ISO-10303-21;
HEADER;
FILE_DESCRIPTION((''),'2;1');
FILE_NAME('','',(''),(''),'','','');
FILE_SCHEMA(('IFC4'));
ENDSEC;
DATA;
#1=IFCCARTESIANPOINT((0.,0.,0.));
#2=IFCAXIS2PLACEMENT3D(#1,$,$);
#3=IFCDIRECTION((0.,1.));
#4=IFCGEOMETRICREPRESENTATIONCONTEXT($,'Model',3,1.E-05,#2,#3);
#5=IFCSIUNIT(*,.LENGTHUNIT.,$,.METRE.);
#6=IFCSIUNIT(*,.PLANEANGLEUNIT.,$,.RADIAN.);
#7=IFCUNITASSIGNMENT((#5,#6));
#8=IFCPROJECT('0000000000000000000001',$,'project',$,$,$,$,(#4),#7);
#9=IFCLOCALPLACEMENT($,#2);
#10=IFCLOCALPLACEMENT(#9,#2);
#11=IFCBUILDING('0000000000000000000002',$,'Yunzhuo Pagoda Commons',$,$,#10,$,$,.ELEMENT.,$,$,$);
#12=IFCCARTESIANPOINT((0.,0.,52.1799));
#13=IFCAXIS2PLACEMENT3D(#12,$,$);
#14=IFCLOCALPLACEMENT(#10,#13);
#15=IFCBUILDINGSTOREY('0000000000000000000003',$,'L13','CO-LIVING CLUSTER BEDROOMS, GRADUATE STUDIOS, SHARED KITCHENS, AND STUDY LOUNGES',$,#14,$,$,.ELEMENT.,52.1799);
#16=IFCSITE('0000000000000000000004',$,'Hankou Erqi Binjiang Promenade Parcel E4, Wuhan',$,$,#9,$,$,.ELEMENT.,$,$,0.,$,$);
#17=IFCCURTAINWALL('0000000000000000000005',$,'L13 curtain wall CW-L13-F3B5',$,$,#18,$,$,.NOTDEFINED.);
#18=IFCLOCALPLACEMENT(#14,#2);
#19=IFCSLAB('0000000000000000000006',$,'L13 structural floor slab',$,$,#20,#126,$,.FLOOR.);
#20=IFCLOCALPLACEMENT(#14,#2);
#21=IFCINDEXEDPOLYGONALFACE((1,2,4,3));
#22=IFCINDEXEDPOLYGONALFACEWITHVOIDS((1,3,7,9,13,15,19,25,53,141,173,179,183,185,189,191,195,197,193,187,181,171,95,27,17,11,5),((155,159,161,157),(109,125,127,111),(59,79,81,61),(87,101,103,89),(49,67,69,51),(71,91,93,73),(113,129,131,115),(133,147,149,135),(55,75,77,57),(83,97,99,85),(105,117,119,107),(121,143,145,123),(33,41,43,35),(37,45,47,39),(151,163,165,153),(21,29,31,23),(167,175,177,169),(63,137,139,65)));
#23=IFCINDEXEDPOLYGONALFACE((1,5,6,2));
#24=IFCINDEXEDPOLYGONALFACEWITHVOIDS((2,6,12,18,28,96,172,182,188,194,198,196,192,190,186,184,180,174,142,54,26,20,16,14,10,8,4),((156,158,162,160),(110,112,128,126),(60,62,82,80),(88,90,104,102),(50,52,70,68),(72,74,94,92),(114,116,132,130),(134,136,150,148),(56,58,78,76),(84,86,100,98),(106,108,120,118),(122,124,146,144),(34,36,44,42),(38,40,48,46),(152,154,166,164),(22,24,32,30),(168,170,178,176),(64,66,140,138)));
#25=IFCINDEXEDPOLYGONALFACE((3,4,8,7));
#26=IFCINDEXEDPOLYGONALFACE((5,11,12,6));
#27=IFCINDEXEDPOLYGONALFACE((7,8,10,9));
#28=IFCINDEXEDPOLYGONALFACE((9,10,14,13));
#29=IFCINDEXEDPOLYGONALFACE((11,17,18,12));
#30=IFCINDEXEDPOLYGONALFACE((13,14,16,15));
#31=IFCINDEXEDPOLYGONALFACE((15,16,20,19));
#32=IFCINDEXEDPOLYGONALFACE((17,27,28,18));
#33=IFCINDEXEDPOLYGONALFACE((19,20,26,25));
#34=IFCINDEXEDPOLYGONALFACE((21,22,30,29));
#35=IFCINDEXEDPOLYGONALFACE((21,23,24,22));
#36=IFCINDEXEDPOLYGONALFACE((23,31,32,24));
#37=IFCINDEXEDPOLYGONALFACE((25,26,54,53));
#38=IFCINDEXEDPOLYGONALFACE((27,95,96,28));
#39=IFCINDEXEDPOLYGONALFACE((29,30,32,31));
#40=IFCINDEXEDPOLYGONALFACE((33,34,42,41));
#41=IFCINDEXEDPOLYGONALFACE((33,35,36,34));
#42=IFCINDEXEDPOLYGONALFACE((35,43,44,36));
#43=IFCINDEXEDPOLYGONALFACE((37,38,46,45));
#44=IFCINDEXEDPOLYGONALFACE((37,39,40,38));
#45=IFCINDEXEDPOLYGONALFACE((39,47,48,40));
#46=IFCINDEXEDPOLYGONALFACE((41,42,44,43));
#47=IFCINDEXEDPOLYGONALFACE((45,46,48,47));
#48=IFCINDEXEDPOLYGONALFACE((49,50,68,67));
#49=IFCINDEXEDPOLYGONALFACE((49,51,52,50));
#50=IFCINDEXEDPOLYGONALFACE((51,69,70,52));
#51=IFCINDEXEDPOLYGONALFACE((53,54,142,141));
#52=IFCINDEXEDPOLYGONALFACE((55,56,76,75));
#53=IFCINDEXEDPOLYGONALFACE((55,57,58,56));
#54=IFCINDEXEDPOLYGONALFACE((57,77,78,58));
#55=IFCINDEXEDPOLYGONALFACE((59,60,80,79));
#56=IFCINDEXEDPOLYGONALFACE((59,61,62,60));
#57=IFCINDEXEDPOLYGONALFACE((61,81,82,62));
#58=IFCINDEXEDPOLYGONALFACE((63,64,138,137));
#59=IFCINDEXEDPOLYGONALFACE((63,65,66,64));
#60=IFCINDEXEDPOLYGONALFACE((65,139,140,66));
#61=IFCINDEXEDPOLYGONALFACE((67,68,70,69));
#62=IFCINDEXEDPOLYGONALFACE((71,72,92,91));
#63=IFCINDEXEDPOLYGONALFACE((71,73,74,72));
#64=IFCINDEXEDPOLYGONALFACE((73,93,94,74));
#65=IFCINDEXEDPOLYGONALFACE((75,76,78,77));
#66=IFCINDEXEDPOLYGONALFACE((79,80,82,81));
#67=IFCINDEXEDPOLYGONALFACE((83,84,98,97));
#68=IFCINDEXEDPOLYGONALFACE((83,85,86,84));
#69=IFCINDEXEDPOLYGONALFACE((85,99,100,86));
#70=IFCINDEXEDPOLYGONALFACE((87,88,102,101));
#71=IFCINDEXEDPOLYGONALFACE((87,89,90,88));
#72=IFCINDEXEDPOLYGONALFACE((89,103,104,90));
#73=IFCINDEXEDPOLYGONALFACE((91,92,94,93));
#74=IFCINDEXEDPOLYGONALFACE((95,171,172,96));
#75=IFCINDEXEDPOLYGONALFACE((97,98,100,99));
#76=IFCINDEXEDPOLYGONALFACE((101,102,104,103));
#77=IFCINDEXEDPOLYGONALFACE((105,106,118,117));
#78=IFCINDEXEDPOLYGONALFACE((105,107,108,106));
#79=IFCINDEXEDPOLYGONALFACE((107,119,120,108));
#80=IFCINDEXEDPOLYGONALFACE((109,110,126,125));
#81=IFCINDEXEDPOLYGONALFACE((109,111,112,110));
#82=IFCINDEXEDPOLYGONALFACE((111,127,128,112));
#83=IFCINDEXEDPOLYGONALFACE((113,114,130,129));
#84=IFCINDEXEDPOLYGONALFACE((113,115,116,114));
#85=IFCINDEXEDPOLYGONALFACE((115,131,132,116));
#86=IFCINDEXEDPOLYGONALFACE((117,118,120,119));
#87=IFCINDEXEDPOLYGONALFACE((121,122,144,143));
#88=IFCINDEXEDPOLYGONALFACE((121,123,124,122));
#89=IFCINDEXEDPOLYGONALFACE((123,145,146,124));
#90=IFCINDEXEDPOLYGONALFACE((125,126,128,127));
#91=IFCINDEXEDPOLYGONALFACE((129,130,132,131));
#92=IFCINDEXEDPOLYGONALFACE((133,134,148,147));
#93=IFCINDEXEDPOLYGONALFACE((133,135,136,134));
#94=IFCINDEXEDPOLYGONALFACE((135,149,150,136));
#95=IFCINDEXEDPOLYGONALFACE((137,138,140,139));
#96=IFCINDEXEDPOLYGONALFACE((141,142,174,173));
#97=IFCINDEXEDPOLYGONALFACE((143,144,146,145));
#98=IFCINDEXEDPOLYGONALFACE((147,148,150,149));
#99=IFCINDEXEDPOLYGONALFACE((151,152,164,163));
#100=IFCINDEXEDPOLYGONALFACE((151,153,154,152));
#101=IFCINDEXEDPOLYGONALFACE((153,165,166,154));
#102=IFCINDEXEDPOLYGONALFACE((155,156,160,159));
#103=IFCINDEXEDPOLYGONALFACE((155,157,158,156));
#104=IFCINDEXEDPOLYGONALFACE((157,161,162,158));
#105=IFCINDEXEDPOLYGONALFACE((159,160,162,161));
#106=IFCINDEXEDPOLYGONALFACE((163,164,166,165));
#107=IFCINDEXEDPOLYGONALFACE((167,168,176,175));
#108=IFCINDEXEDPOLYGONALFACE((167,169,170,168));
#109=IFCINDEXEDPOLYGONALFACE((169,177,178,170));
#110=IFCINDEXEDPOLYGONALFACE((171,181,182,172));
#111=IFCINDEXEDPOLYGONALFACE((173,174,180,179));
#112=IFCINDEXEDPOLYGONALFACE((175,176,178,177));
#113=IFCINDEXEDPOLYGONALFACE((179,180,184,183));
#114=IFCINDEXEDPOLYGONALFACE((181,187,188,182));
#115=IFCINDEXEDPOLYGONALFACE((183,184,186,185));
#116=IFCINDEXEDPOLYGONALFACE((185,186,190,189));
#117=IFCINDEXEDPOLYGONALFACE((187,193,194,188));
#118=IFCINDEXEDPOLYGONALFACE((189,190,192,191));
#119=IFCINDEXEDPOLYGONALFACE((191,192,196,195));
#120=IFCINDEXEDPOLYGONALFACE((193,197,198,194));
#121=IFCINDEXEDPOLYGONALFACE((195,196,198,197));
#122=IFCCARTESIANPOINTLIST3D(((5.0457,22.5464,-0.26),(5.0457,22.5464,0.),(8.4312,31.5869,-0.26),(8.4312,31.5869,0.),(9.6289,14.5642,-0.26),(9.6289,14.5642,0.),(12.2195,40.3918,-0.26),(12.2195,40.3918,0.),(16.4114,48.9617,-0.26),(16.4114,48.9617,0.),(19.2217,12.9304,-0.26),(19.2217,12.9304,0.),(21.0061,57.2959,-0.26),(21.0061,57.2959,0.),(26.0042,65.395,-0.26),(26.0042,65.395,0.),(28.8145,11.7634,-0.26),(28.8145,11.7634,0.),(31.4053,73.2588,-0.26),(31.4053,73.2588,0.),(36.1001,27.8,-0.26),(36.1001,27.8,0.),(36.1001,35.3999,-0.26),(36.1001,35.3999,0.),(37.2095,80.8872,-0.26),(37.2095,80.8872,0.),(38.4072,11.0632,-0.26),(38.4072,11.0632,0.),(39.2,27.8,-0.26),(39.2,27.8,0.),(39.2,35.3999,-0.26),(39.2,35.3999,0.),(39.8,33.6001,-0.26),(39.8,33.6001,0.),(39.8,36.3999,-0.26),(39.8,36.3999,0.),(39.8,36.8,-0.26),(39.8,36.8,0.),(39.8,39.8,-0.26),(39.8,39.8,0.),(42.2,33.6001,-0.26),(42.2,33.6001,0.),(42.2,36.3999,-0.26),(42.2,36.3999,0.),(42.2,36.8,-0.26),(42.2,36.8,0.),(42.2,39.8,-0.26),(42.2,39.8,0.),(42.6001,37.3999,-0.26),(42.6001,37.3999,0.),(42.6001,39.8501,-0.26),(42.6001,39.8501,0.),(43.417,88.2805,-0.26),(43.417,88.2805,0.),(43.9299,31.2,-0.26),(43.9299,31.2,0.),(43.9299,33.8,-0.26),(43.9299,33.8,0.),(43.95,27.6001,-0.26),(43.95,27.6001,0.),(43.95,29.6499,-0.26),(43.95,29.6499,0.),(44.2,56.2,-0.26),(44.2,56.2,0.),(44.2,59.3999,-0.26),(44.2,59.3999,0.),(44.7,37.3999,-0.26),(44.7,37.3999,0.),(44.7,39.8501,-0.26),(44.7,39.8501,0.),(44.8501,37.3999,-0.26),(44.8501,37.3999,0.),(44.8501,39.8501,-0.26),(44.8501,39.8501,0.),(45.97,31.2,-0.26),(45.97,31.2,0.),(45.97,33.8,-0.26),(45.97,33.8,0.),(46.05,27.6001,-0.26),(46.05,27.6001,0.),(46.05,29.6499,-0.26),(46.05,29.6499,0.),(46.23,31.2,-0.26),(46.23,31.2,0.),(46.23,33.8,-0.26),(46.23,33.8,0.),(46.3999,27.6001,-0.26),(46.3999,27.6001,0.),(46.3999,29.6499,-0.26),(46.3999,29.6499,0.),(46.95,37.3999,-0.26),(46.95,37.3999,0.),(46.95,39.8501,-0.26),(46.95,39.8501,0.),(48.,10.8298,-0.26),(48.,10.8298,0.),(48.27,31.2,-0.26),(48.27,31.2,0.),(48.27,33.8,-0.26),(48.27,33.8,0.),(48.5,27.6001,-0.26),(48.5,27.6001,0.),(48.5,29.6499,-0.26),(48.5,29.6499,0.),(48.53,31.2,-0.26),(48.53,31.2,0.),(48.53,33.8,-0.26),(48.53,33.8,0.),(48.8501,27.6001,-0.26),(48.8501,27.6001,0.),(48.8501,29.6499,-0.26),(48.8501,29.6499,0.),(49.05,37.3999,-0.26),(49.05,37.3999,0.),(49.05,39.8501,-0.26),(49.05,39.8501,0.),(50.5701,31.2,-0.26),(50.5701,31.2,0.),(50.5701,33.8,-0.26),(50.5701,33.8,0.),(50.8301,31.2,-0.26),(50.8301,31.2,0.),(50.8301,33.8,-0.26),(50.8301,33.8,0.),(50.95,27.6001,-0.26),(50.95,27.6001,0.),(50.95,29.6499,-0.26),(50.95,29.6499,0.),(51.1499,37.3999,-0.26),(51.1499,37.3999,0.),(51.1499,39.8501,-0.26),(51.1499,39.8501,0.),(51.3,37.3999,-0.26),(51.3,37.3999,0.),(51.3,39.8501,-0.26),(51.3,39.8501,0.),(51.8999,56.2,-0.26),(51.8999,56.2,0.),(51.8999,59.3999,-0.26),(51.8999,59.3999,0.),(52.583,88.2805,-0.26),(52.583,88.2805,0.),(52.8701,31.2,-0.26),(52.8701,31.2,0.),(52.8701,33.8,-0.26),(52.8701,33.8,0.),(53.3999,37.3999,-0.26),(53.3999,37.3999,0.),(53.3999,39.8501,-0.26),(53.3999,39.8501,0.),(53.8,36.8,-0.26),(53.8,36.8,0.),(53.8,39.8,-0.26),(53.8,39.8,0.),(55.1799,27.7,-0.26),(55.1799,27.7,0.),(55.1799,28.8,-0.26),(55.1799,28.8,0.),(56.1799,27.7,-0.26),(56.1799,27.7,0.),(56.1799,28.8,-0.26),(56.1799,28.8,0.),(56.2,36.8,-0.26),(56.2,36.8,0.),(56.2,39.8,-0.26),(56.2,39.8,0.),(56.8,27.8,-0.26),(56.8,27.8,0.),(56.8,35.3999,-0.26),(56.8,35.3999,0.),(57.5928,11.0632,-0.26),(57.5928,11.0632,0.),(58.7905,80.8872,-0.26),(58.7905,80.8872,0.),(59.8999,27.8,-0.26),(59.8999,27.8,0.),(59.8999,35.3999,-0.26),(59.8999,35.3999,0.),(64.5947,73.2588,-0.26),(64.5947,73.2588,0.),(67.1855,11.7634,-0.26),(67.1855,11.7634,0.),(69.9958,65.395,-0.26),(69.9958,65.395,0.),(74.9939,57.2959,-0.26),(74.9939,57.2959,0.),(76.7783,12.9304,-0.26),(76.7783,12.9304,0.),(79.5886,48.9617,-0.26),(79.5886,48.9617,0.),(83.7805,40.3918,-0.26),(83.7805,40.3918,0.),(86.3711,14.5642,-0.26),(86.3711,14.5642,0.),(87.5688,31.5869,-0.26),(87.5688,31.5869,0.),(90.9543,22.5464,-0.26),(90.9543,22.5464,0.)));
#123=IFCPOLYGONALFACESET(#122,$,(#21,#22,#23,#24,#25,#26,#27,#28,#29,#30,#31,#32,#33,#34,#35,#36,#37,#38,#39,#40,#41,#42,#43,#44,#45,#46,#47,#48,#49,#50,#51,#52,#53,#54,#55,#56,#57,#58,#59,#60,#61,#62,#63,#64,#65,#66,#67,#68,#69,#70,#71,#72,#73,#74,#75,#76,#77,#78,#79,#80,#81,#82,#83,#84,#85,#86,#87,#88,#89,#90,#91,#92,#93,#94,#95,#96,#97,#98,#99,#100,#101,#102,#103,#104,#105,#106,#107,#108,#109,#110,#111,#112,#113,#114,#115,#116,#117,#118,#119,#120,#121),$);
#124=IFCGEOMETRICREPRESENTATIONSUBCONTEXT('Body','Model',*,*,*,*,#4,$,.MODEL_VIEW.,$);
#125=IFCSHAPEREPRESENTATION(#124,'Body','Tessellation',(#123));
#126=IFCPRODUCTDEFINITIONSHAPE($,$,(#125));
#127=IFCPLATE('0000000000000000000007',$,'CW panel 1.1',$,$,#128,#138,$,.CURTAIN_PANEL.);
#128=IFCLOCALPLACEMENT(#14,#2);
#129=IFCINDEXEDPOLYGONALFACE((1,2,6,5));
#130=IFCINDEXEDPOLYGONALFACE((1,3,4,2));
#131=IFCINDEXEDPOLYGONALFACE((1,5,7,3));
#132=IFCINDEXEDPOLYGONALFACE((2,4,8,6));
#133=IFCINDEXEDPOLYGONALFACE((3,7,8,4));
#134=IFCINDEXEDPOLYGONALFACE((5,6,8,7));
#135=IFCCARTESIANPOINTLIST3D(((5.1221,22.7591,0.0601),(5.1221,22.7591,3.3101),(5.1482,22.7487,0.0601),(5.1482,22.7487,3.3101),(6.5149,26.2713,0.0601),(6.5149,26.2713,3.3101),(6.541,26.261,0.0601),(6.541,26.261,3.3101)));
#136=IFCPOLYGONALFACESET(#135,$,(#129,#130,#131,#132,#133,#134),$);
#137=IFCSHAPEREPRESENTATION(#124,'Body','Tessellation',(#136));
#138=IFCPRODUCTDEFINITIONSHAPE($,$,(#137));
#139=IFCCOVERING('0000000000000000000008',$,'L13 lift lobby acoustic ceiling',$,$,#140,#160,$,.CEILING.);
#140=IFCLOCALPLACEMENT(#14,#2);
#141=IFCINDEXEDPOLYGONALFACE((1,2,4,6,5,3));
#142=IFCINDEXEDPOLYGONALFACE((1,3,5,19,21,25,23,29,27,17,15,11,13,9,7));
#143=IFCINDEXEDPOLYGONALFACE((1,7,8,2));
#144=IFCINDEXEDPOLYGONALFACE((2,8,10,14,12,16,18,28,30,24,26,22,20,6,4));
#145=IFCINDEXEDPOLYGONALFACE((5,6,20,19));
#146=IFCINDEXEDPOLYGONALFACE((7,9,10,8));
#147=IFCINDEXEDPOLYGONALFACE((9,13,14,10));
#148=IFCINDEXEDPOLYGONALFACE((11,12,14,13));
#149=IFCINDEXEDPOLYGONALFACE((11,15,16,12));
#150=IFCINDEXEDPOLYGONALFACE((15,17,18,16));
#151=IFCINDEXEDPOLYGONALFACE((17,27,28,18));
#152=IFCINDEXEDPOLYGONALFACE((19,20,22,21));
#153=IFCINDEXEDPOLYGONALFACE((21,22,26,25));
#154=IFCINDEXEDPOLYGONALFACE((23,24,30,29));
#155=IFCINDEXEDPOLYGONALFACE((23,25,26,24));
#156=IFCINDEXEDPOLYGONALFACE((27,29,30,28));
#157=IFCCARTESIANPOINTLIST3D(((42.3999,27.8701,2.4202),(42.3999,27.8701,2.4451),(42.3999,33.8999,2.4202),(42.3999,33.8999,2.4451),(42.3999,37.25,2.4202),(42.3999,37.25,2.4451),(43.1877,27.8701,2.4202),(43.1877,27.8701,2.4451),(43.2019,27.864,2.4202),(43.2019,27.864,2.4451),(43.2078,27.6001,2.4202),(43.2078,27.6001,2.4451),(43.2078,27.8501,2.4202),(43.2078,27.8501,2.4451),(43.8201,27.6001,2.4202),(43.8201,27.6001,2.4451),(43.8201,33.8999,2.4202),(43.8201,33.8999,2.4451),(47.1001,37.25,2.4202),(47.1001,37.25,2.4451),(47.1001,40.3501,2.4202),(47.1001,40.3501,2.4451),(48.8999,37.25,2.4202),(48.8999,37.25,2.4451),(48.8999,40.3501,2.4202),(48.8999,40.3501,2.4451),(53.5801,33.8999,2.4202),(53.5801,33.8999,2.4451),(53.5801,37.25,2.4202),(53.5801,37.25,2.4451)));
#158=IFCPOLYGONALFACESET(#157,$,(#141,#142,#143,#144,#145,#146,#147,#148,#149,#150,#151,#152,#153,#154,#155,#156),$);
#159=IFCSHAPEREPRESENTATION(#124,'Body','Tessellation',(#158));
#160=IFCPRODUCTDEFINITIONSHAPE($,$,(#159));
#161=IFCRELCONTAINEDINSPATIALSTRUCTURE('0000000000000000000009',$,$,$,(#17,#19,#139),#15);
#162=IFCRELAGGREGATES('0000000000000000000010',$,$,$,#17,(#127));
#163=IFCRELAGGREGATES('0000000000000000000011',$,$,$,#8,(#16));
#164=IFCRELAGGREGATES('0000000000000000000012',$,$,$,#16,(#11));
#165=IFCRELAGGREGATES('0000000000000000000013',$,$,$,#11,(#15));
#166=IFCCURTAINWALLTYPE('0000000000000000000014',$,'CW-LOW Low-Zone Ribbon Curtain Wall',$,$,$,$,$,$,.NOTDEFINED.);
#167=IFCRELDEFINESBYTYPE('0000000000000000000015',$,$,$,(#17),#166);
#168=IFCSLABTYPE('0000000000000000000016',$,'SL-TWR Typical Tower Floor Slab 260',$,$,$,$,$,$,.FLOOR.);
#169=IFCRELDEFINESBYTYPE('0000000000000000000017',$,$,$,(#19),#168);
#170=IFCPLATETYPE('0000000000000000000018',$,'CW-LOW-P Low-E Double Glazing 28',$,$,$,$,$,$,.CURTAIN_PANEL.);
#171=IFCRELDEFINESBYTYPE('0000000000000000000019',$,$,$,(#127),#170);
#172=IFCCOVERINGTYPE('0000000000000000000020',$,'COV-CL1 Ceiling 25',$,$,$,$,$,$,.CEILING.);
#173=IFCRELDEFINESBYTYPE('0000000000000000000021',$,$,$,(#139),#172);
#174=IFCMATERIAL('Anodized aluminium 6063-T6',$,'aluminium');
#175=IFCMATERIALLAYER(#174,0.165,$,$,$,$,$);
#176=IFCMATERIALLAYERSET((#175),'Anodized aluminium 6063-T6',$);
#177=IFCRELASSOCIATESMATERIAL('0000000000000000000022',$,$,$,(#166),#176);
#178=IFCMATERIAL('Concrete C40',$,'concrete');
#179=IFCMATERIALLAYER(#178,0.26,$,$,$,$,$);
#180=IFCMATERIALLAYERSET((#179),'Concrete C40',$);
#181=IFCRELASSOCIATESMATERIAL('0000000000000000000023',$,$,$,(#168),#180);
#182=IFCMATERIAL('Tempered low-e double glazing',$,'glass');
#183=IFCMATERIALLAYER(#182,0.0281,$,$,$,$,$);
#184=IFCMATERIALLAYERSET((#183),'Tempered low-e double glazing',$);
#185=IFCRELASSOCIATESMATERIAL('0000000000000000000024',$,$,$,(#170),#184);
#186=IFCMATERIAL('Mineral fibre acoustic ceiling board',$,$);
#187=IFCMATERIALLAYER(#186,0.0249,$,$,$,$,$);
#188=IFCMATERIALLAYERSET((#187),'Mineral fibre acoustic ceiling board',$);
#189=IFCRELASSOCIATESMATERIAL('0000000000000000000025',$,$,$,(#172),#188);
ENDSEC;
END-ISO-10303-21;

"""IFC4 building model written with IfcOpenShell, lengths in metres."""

from ifc_helpers import new_model, si_unit, direction, frame, origin, origin_2d, place, context, subcontext, project, spatial, polyline, rectangle, outline, extrude, source, transform, mapped, material, layer, layer_set, type_object, element, aggregate, save


model = new_model("IFC4")

# Units and contexts
model_context = context("Model", 3, precision=1e-05, world=origin(), true_north=direction((0.0, 1.0)))
body_context = subcontext(model_context, "Body", "Model", "MODEL_VIEW")
ifc_project = project(units=[si_unit("LENGTHUNIT", "METRE"), si_unit("PLANEANGLEUNIT", "RADIAN")], contexts=[model_context])

# Site, building, storey
site_placement = place(None, origin())
site = spatial("IfcSite", under=ifc_project, at=site_placement, Name="Hankou Erqi Binjiang Promenade Parcel E4, Wuhan", CompositionType="ELEMENT", RefElevation=0.0)
building_placement = place(site_placement, origin())
building = spatial("IfcBuilding", under=site, at=building_placement, Name="Yunzhuo Pagoda Commons", CompositionType="ELEMENT")
storey_placement = place(building_placement, frame((0.0, 0.0, 52.1799)))
storey = spatial("IfcBuildingStorey", under=building, at=storey_placement, Name="L13", Description="CO-LIVING CLUSTER BEDROOMS, GRADUATE STUDIOS, SHARED KITCHENS, AND STUDY LOUNGES", CompositionType="ELEMENT", Elevation=52.1799)

# Shared definitions
ifc_material_1 = material(Name="Anodized aluminium 6063-T6", Category="aluminium")
ifc_layer_1 = layer(ifc_material_1, 0.165)
ifc_layer_set_1 = layer_set([ifc_layer_1], Name="Anodized aluminium 6063-T6")
curtain_wall_type = type_object("IfcCurtainWallType", Name="CW-LOW Low-Zone Ribbon Curtain Wall", PredefinedType="NOTDEFINED", material=ifc_layer_set_1)

# Curtain wall
curtain_wall_1_placement = place(storey_placement, origin())
curtain_wall_1 = element("IfcCurtainWall", 1, at=curtain_wall_1_placement, inside=storey, type_object=curtain_wall_type, Name="L13 curtain wall CW-L13-F3B5", PredefinedType="NOTDEFINED")

# Shared definitions
ifc_material_2 = material(Name="Concrete C40", Category="concrete")

# Slab
ifc_layer_2 = layer(ifc_material_2, 0.26)
ifc_layer_set_2 = layer_set([ifc_layer_2], Name="Concrete C40")
slab_type_1 = type_object("IfcSlabType", Name="SL-TWR Typical Tower Floor Slab 260", PredefinedType="FLOOR", material=ifc_layer_set_2)
slab_1_placement = place(storey_placement, frame((0.0, 0.0, -0.26)))
element("IfcSlab", 2, at=slab_1_placement, inside=storey, type_object=slab_type_1, Name="L13 structural floor slab", PredefinedType="FLOOR", context=body_context, shape_type="SweptSolid", body=[
    extrude(outline(polyline([(8.4312, 31.5869), (12.2195, 40.3918), (16.4114, 48.9617), (21.0061, 57.2959), (26.0042, 65.395), (31.4053, 73.2588), (37.2095, 80.8872), (43.417, 88.2805), (52.583, 88.2805), (58.7905, 80.8872), (64.5947, 73.2588), (69.9958, 65.395), (74.9939, 57.2959), (79.5886, 48.9617), (83.7805, 40.3918), (87.5688, 31.5869), (90.9543, 22.5464), (86.3711, 14.5642), (76.7783, 12.9304), (67.1855, 11.7634), (57.5928, 11.0632), (48.0, 10.8298), (38.4072, 11.0632), (28.8145, 11.7634), (19.2217, 12.9304), (9.6289, 14.5642), (5.0457, 22.5464), (8.4312, 31.5869)]), holes=[polyline([(46.05, 27.6001), (46.05, 29.6499), (43.95, 29.6499), (43.95, 27.6001), (46.05, 27.6001)]), polyline([(48.5, 27.6001), (48.5, 29.6499), (46.3999, 29.6499), (46.3999, 27.6001), (48.5, 27.6001)]), polyline([(36.1001, 27.8), (39.2, 27.8), (39.2, 35.3999), (36.1001, 35.3999), (36.1001, 27.8)]), polyline([(45.97, 31.2), (45.97, 33.8), (43.9299, 33.8), (43.9299, 31.2), (45.97, 31.2)]), polyline([(48.27, 31.2), (48.27, 33.8), (46.23, 33.8), (46.23, 31.2), (48.27, 31.2)]), polyline([(42.2, 33.6001), (42.2, 36.3999), (39.8, 36.3999), (39.8, 33.6001), (42.2, 33.6001)]), polyline([(42.2, 36.8), (42.2, 39.8), (39.8, 39.8), (39.8, 36.8), (42.2, 36.8)]), polyline([(42.6001, 37.3999), (44.7, 37.3999), (44.7, 39.8501), (42.6001, 39.8501), (42.6001, 37.3999)]), polyline([(44.8501, 37.3999), (46.95, 37.3999), (46.95, 39.8501), (44.8501, 39.8501), (44.8501, 37.3999)]), polyline([(56.1799, 27.7), (56.1799, 28.8), (55.1799, 28.8), (55.1799, 27.7), (56.1799, 27.7)]), polyline([(50.95, 27.6001), (50.95, 29.6499), (48.8501, 29.6499), (48.8501, 27.6001), (50.95, 27.6001)]), polyline([(56.8, 27.8), (59.8999, 27.8), (59.8999, 35.3999), (56.8, 35.3999), (56.8, 27.8)]), polyline([(50.5701, 31.2), (50.5701, 33.8), (48.53, 33.8), (48.53, 31.2), (50.5701, 31.2)]), polyline([(52.8701, 31.2), (52.8701, 33.8), (50.8301, 33.8), (50.8301, 31.2), (52.8701, 31.2)]), polyline([(56.2, 36.8), (56.2, 39.8), (53.8, 39.8), (53.8, 36.8), (56.2, 36.8)]), polyline([(51.1499, 37.3999), (51.1499, 39.8501), (49.05, 39.8501), (49.05, 37.3999), (51.1499, 37.3999)]), polyline([(51.3, 37.3999), (53.3999, 37.3999), (53.3999, 39.8501), (51.3, 39.8501), (51.3, 37.3999)]), polyline([(44.2, 56.2), (51.8999, 56.2), (51.8999, 59.3999), (44.2, 59.3999), (44.2, 56.2)])]), origin(), (0.0, 0.0, 1.0), 0.26),
])

# Plate
ifc_material_3 = material(Name="Tempered low-e double glazing", Category="glass")
ifc_layer_3 = layer(ifc_material_3, 0.0281)
ifc_layer_set_3 = layer_set([ifc_layer_3], Name="Tempered low-e double glazing")
plate_type = type_object("IfcPlateType", Name="CW-LOW-P Low-E Double Glazing 28", PredefinedType="CURTAIN_PANEL", material=ifc_layer_set_3)
shared_shape_1 = source(origin(), body_context, "Body", "SweptSolid", [
    extrude(rectangle(XDim=3.7783, YDim=0.0281, at=origin_2d()), origin(), (0.0, 0.0, 1.0), 3.25),
])
plate_placement = place(storey_placement, frame((5.8315, 24.51, 0.0601), z_axis=(0.0, 0.0, 1.0), x_axis=(-0.368614, -0.929582, 0.0)))
plate = element("IfcPlate", 3, at=plate_placement, type_object=plate_type, Name="CW panel 1.1", PredefinedType="CURTAIN_PANEL", context=body_context, shape_type="MappedRepresentation", body=[
    mapped(shared_shape_1, transform((0.0, 0.0, 0.0), scale=1.0)),
])
aggregate(curtain_wall_1, [plate])

# Covering
ifc_material_4 = material(Name="Mineral fibre acoustic ceiling board")
ifc_layer_4 = layer(ifc_material_4, 0.0249)
ifc_layer_set_4 = layer_set([ifc_layer_4], Name="Mineral fibre acoustic ceiling board")
covering_type_1 = type_object("IfcCoveringType", Name="COV-CL1 Ceiling 25", PredefinedType="CEILING", material=ifc_layer_set_4)
covering_1_placement = place(storey_placement, frame((0.0, 0.0, 2.4202)))
element("IfcCovering", 4, at=covering_1_placement, inside=storey, type_object=covering_type_1, Name="L13 lift lobby acoustic ceiling", PredefinedType="CEILING", context=body_context, shape_type="SweptSolid", body=[
    extrude(outline(polyline([(43.2078, 27.8501), (43.2019, 27.864), (43.1877, 27.8701), (42.3999, 27.8701), (42.3999, 33.8999), (42.3999, 37.25), (47.1001, 37.25), (47.1001, 40.3501), (48.8999, 40.3501), (48.8999, 37.25), (53.5801, 37.25), (53.5801, 33.8999), (43.8201, 33.8999), (43.8201, 27.6001), (43.2078, 27.6001), (43.2078, 27.8501)])), origin(), (0.0, 0.0, 1.0), 0.0249),
])

save(model, "model.ifc")
